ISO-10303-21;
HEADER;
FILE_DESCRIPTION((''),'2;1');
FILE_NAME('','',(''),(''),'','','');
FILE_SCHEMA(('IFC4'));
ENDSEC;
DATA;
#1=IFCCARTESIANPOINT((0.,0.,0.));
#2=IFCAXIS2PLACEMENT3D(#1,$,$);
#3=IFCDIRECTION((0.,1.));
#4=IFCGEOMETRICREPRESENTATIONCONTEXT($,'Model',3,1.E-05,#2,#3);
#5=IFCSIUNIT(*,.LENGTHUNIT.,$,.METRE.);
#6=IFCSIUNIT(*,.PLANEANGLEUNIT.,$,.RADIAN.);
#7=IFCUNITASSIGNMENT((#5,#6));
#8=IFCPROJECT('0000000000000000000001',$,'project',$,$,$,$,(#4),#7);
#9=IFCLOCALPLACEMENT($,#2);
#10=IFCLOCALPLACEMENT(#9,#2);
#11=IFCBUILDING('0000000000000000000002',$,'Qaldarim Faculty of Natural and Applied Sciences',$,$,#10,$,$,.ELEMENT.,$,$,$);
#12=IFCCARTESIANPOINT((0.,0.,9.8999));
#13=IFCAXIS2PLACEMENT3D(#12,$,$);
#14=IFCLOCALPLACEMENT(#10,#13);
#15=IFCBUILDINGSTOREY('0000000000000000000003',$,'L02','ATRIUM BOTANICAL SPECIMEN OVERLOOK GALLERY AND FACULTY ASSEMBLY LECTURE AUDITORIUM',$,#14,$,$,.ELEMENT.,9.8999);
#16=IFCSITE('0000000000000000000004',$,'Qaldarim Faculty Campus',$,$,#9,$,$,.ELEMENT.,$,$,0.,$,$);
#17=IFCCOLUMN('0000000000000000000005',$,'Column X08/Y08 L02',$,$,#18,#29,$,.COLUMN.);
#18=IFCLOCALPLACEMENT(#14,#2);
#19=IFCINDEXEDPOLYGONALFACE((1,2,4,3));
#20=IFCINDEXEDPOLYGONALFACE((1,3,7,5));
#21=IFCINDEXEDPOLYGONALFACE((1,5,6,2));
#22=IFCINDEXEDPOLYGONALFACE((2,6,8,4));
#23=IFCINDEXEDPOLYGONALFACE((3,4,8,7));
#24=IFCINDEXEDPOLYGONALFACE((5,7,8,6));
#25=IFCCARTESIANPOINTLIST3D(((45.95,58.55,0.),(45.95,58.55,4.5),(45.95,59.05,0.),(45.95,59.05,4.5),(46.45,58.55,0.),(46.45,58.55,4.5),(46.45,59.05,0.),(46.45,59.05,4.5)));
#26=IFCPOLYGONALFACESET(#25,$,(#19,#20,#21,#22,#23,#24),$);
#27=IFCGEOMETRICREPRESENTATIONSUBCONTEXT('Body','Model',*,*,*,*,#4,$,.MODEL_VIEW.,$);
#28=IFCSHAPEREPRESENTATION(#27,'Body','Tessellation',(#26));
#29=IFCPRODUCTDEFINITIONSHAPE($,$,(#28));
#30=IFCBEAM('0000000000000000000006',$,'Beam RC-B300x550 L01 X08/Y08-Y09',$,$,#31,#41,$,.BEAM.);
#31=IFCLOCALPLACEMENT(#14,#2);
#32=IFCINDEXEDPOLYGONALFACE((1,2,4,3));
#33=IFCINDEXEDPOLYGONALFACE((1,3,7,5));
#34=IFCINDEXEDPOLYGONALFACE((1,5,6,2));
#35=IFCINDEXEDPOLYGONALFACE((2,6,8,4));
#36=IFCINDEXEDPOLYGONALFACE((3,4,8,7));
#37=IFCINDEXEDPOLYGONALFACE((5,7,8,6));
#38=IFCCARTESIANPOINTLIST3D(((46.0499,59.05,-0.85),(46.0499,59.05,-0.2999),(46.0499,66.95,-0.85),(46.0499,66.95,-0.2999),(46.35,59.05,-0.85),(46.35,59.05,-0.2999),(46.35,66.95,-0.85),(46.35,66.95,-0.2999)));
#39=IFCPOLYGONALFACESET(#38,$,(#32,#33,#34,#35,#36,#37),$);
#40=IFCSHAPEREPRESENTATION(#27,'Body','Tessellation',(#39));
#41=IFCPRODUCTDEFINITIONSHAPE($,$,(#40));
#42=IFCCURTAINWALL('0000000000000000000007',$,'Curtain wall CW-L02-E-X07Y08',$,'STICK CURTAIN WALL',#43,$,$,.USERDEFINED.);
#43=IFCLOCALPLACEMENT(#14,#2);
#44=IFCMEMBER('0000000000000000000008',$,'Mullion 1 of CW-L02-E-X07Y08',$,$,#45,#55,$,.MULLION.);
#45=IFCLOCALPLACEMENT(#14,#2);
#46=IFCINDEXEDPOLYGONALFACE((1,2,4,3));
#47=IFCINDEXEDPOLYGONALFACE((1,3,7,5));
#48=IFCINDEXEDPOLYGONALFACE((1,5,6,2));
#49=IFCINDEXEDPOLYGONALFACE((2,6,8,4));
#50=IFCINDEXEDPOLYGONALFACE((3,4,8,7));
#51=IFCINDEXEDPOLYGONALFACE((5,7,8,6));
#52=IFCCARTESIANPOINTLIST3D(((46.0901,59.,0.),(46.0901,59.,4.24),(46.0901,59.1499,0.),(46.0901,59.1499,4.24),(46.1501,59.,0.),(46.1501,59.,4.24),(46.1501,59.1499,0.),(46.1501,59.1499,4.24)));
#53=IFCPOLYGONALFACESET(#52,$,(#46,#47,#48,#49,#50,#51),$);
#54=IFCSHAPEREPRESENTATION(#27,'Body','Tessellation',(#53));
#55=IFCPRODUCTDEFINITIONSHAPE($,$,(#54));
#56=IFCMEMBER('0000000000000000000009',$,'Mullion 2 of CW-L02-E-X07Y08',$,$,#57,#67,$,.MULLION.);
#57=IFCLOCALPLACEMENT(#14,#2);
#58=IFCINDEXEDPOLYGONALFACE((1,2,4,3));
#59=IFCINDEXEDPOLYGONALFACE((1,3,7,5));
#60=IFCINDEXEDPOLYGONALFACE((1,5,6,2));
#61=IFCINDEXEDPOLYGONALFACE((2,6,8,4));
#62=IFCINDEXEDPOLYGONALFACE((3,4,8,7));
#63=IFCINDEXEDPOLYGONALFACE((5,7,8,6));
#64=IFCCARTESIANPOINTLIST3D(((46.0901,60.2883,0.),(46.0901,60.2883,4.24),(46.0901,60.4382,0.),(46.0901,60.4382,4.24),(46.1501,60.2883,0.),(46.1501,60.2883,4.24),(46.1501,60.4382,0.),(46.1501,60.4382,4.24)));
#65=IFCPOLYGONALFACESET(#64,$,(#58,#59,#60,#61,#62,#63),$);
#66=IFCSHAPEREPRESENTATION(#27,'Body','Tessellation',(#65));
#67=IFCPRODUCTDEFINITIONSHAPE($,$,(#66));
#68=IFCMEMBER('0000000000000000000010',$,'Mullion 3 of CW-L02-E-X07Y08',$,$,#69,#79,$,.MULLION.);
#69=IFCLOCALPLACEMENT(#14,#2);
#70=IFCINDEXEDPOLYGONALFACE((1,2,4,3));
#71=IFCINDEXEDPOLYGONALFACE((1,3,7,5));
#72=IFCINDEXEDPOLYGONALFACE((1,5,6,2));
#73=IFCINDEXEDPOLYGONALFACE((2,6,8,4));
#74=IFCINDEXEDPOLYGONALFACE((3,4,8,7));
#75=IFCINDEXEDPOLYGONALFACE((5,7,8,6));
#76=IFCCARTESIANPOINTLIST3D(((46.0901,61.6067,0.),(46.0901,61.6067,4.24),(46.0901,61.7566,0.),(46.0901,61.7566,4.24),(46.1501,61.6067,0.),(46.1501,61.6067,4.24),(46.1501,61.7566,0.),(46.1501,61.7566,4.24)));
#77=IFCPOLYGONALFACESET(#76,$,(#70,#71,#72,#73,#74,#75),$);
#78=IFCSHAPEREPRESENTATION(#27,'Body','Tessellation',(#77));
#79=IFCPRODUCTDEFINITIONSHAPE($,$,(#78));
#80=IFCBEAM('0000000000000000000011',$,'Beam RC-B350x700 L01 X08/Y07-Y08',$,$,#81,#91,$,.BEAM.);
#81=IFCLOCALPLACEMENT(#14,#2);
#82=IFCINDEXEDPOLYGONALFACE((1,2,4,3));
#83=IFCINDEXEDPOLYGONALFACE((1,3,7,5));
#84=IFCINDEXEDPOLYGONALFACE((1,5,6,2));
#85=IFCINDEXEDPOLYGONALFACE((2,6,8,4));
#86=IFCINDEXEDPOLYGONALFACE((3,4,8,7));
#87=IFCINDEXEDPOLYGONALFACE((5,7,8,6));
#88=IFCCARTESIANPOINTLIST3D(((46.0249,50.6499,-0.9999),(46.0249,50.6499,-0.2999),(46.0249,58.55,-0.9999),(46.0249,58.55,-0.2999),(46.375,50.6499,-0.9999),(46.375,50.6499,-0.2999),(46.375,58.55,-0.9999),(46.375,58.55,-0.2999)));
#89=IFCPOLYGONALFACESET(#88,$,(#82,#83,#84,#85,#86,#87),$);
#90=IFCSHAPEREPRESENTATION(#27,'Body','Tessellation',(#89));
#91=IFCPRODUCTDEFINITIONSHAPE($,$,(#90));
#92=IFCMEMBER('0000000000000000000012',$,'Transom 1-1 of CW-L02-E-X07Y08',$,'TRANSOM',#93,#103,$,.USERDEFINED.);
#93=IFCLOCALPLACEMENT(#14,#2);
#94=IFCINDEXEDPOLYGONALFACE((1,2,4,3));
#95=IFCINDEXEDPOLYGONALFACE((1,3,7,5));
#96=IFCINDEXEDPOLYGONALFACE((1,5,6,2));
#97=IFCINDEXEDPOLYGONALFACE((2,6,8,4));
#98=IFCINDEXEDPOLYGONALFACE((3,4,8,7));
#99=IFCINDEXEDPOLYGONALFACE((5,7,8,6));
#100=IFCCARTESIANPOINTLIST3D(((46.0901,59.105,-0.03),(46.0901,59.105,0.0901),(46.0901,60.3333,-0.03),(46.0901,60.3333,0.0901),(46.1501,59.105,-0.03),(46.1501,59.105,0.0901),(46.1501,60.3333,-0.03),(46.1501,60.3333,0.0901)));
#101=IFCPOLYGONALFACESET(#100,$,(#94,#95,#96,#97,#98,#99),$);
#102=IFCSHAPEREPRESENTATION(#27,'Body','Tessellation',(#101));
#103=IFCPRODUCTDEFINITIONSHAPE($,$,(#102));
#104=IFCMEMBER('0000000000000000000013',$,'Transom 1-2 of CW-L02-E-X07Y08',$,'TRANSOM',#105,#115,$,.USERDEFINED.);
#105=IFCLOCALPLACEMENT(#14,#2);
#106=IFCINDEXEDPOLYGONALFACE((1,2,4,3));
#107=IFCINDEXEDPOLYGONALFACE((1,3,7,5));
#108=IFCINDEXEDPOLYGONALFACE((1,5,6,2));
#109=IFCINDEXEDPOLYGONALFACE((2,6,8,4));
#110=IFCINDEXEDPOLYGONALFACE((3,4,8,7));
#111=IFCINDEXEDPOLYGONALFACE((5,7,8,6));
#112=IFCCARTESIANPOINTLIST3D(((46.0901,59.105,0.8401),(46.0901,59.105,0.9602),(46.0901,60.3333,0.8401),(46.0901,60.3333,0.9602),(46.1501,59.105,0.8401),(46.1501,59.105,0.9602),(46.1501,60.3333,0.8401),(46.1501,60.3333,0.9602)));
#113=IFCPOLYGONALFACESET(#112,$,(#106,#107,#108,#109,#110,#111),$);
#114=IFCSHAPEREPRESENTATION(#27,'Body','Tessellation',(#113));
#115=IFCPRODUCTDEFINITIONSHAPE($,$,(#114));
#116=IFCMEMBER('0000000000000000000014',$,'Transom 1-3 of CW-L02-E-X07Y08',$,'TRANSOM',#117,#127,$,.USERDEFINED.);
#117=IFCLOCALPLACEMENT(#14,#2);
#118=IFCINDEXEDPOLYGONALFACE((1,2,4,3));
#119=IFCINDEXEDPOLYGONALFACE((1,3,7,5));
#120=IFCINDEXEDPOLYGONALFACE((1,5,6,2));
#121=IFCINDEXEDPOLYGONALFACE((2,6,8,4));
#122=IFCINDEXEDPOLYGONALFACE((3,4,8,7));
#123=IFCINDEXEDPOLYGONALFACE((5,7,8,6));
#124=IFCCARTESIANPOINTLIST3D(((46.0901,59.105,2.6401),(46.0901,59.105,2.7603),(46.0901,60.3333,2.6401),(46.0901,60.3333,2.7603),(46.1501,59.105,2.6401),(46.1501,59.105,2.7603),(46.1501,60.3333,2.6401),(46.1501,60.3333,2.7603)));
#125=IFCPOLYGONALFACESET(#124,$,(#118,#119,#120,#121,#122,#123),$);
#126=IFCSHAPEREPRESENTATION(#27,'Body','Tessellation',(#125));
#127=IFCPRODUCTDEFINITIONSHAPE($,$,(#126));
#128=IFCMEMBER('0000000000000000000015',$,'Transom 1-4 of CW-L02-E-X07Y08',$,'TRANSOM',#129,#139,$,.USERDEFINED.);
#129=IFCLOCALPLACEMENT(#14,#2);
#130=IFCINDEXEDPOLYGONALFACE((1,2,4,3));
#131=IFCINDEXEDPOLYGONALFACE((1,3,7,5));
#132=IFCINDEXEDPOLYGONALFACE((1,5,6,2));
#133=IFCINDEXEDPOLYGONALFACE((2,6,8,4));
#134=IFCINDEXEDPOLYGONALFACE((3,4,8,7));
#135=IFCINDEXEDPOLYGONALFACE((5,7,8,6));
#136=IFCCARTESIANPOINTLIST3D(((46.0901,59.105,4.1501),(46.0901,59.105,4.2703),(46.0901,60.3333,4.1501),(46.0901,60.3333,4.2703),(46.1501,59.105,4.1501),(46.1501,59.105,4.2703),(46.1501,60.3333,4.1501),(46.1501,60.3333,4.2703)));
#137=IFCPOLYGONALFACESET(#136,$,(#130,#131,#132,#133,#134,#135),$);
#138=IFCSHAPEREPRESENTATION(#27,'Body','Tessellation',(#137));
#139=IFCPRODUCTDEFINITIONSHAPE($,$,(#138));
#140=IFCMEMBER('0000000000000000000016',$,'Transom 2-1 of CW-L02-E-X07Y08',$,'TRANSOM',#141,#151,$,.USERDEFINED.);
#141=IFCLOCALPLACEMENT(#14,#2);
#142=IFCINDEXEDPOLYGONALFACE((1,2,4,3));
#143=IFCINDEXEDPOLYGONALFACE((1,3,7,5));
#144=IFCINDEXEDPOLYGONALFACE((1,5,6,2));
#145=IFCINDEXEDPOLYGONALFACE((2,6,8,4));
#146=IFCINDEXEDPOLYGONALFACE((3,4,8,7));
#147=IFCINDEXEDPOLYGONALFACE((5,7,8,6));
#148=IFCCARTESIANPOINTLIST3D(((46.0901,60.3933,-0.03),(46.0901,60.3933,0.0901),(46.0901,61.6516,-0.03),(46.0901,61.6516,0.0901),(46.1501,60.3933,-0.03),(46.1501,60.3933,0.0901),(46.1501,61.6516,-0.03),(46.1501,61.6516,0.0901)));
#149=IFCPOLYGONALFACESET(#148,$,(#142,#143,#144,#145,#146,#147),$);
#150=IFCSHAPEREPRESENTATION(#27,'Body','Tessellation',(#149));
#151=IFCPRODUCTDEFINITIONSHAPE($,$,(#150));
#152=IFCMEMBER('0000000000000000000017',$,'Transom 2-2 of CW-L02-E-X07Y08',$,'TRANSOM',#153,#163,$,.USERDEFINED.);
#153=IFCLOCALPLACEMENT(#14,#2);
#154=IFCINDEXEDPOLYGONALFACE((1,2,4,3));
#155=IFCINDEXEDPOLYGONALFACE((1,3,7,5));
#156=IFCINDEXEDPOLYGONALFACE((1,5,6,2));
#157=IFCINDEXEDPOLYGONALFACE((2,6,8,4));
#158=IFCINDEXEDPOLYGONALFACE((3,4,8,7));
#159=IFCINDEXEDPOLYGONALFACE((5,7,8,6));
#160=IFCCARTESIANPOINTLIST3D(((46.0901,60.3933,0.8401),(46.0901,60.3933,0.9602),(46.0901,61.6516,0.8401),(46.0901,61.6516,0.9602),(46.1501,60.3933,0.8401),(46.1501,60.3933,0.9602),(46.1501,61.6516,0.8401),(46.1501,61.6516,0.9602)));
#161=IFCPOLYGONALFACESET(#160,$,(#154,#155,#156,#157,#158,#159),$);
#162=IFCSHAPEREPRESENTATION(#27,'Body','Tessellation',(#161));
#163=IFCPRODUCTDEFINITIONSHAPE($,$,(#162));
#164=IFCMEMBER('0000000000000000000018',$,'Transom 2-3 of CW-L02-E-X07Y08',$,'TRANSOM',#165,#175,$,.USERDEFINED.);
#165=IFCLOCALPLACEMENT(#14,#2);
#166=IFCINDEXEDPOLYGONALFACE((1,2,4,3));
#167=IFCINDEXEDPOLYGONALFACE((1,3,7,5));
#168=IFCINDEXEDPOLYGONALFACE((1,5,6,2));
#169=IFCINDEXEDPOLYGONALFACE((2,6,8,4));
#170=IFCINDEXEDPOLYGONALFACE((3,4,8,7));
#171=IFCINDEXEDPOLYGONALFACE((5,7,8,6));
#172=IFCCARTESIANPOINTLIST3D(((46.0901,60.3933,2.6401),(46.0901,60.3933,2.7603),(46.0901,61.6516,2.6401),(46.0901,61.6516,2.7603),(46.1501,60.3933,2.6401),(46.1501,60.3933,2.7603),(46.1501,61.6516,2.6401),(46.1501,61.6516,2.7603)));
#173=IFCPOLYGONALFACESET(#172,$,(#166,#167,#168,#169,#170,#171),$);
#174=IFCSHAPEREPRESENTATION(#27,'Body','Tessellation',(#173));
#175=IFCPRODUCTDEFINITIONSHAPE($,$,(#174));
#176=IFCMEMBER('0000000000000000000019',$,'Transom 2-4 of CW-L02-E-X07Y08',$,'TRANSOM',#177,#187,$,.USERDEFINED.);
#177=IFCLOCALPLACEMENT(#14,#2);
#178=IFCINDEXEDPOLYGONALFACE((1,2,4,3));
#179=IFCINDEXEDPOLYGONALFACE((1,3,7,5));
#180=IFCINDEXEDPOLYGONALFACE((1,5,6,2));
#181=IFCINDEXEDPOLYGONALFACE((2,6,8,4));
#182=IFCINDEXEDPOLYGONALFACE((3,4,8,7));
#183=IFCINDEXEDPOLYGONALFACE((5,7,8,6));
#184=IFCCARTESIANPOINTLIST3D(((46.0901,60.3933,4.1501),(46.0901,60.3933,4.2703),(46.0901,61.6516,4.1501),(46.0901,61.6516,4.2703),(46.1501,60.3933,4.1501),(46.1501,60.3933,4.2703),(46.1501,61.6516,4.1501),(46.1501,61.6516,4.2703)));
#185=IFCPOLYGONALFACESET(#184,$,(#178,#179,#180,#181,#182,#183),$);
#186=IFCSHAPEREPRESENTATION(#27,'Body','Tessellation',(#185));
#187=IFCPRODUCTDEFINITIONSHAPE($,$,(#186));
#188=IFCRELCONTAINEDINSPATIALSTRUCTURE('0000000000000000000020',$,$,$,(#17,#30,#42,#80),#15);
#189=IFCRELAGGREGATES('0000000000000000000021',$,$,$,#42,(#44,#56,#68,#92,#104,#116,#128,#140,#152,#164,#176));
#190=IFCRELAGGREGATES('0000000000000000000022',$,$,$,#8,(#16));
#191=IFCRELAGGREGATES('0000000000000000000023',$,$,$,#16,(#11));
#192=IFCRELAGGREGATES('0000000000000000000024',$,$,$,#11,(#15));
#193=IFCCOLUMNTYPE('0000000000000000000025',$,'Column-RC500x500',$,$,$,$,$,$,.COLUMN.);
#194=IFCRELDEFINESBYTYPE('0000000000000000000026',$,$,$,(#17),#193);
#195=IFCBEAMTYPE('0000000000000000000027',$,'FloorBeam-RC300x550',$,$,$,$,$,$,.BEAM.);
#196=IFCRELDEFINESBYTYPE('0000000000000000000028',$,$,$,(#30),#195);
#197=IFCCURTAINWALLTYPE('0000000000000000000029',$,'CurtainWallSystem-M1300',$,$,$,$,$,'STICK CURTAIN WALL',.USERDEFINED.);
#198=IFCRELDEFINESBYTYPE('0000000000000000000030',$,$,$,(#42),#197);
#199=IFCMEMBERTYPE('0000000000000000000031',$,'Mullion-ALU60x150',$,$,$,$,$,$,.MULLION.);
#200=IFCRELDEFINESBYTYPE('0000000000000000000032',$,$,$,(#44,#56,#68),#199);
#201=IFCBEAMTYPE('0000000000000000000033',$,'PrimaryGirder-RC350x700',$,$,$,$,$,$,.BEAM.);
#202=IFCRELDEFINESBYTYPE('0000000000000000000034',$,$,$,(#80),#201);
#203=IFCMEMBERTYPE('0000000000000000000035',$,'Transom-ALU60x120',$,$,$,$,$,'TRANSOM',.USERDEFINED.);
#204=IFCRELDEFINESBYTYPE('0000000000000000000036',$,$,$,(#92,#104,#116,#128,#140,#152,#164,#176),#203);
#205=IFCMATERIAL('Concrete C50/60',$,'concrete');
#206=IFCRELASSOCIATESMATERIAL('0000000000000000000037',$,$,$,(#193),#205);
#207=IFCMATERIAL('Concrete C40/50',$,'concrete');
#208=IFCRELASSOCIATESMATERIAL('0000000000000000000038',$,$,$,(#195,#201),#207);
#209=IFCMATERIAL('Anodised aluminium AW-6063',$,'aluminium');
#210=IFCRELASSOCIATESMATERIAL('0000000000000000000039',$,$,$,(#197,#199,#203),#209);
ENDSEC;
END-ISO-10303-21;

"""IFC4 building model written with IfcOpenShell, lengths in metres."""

from ifc_helpers import new_model, si_unit, direction, frame, origin, origin_2d, place, context, subcontext, project, spatial, rectangle, extrude, material, material_profile, profile_set, type_object, element, aggregate, save


model = new_model("IFC4")

# Units and contexts
model_context = context("Model", 3, precision=1e-05, world=origin(), true_north=direction((0.0, 1.0)))
body_context = subcontext(model_context, "Body", "Model", "MODEL_VIEW")
ifc_project = project(units=[si_unit("LENGTHUNIT", "METRE"), si_unit("PLANEANGLEUNIT", "RADIAN")], contexts=[model_context])

# Site, building, storey
site_placement = place(None, origin())
site = spatial("IfcSite", under=ifc_project, at=site_placement, Name="Qaldarim Faculty Campus", CompositionType="ELEMENT", RefElevation=0.0)
building_placement = place(site_placement, origin())
building = spatial("IfcBuilding", under=site, at=building_placement, Name="Qaldarim Faculty of Natural and Applied Sciences", CompositionType="ELEMENT")
storey_placement = place(building_placement, frame((0.0, 0.0, 9.8999)))
storey = spatial("IfcBuildingStorey", under=building, at=storey_placement, Name="L02", Description="ATRIUM BOTANICAL SPECIMEN OVERLOOK GALLERY AND FACULTY ASSEMBLY LECTURE AUDITORIUM", CompositionType="ELEMENT", Elevation=9.8999)

# Column
ifc_material_1 = material(Name="Concrete C50/60", Category="concrete")
ifc_material_profile_1 = material_profile(ifc_material_1, rectangle(XDim=0.5, YDim=0.5, at=origin_2d()), Name="RC-C500x500")
ifc_profile_set_1 = profile_set([ifc_material_profile_1], Name="Concrete C50/60")
column_type = type_object("IfcColumnType", Name="Column-RC500x500", PredefinedType="COLUMN", material=ifc_profile_set_1)
column_placement = place(storey_placement, frame((46.2, 58.8, 0.0), z_axis=(0.0, 0.0, 1.0), x_axis=(1.0, 0.0, 0.0)))
element("IfcColumn", 1, at=column_placement, inside=storey, type_object=column_type, Name="Column X08/Y08 L02", PredefinedType="COLUMN", context=body_context, shape_type="SweptSolid", body=[
    extrude(rectangle(XDim=0.5, YDim=0.5, at=origin_2d()), origin(), (0.0, 0.0, 1.0), 4.5),
])

# Beam
ifc_material_2 = material(Name="Concrete C40/50", Category="concrete")
ifc_material_profile_2 = material_profile(ifc_material_2, rectangle(XDim=0.3, YDim=0.55, at=origin_2d()), Name="RC-B300x550")
ifc_profile_set_2 = profile_set([ifc_material_profile_2], Name="Concrete C40/50")
beam_type_1 = type_object("IfcBeamType", Name="FloorBeam-RC300x550", PredefinedType="BEAM", material=ifc_profile_set_2)
beam_1_placement = place(storey_placement, frame((46.2, 59.05, -0.575), z_axis=(0.0, 1.0, 0.0), x_axis=(-1.0, 0.0, 0.0)))
element("IfcBeam", 2, at=beam_1_placement, inside=storey, type_object=beam_type_1, Name="Beam RC-B300x550 L01 X08/Y08-Y09", PredefinedType="BEAM", context=body_context, shape_type="SweptSolid", body=[
    extrude(rectangle(XDim=0.3, YDim=0.55, at=origin_2d()), origin(), (0.0, 0.0, 1.0), 7.8999),
])

# Curtain wall, members
ifc_material_3 = material(Name="Anodised aluminium AW-6063", Category="aluminium")
curtain_wall_type = type_object("IfcCurtainWallType", Name="CurtainWallSystem-M1300", ElementType="STICK CURTAIN WALL", PredefinedType="USERDEFINED", material=ifc_material_3)
curtain_wall_placement = place(storey_placement, origin())
curtain_wall = element("IfcCurtainWall", 3, at=curtain_wall_placement, inside=storey, type_object=curtain_wall_type, Name="Curtain wall CW-L02-E-X07Y08", ObjectType="STICK CURTAIN WALL", PredefinedType="USERDEFINED")
ifc_material_profile_3 = material_profile(ifc_material_3, rectangle(XDim=0.0601, YDim=0.1499, at=origin_2d()), Name="ALU-M60x150")
ifc_profile_set_3 = profile_set([ifc_material_profile_3], Name="Anodised aluminium AW-6063")
member_type_1 = type_object("IfcMemberType", Name="Mullion-ALU60x150", PredefinedType="MULLION", material=ifc_profile_set_3)
member_1_placement = place(storey_placement, frame((46.1201, 59.075, 0.0), z_axis=(0.0, 0.0, 1.0), x_axis=(-1.0, 0.0, 0.0)))
member_1 = element("IfcMember", 4, at=member_1_placement, type_object=member_type_1, Name="Mullion 1 of CW-L02-E-X07Y08", PredefinedType="MULLION", context=body_context, shape_type="SweptSolid", body=[
    extrude(rectangle(XDim=0.0601, YDim=0.1499, at=origin_2d()), origin(), (0.0, 0.0, 1.0), 4.24),
])
member_2_placement = place(storey_placement, frame((46.1201, 60.3633, 0.0), z_axis=(0.0, 0.0, 1.0), x_axis=(-1.0, 0.0, 0.0)))
member_2 = element("IfcMember", 5, at=member_2_placement, type_object=member_type_1, Name="Mullion 2 of CW-L02-E-X07Y08", PredefinedType="MULLION", context=body_context, shape_type="SweptSolid", body=[
    extrude(rectangle(XDim=0.0601, YDim=0.1499, at=origin_2d()), origin(), (0.0, 0.0, 1.0), 4.24),
])
member_3_placement = place(storey_placement, frame((46.1201, 61.6816, 0.0), z_axis=(0.0, 0.0, 1.0), x_axis=(-1.0, 0.0, 0.0)))
member_3 = element("IfcMember", 6, at=member_3_placement, type_object=member_type_1, Name="Mullion 3 of CW-L02-E-X07Y08", PredefinedType="MULLION", context=body_context, shape_type="SweptSolid", body=[
    extrude(rectangle(XDim=0.0601, YDim=0.1499, at=origin_2d()), origin(), (0.0, 0.0, 1.0), 4.24),
])

# Beam
ifc_material_profile_4 = material_profile(ifc_material_2, rectangle(XDim=0.3501, YDim=0.7, at=origin_2d()), Name="RC-B350x700")
ifc_profile_set_4 = profile_set([ifc_material_profile_4], Name="Concrete C40/50")
beam_type_2 = type_object("IfcBeamType", Name="PrimaryGirder-RC350x700", PredefinedType="BEAM", material=ifc_profile_set_4)
beam_2_placement = place(storey_placement, frame((46.2, 50.6499, -0.6499), z_axis=(0.0, 1.0, 0.0), x_axis=(-1.0, 0.0, 0.0)))
element("IfcBeam", 7, at=beam_2_placement, inside=storey, type_object=beam_type_2, Name="Beam RC-B350x700 L01 X08/Y07-Y08", PredefinedType="BEAM", context=body_context, shape_type="SweptSolid", body=[
    extrude(rectangle(XDim=0.3501, YDim=0.7, at=origin_2d()), origin(), (0.0, 0.0, 1.0), 7.9001),
])

# Members
ifc_material_profile_5 = material_profile(ifc_material_3, rectangle(XDim=0.0601, YDim=0.1201, at=origin_2d()), Name="ALU-T60x120")
ifc_profile_set_5 = profile_set([ifc_material_profile_5], Name="Anodised aluminium AW-6063")
member_type_2 = type_object("IfcMemberType", Name="Transom-ALU60x120", ElementType="TRANSOM", PredefinedType="USERDEFINED", material=ifc_profile_set_5)
member_4_placement = place(storey_placement, frame((46.1201, 59.105, 0.03), z_axis=(0.0, 1.0, 0.0), x_axis=(-1.0, 0.0, 0.0)))
member_4 = element("IfcMember", 8, at=member_4_placement, type_object=member_type_2, Name="Transom 1-1 of CW-L02-E-X07Y08", ObjectType="TRANSOM", PredefinedType="USERDEFINED", context=body_context, shape_type="SweptSolid", body=[
    extrude(rectangle(XDim=0.0601, YDim=0.1201, at=origin_2d()), origin(), (0.0, 0.0, 1.0), 1.2283),
])
member_5_placement = place(storey_placement, frame((46.1201, 59.105, 0.9001), z_axis=(0.0, 1.0, 0.0), x_axis=(-1.0, 0.0, 0.0)))
member_5 = element("IfcMember", 9, at=member_5_placement, type_object=member_type_2, Name="Transom 1-2 of CW-L02-E-X07Y08", ObjectType="TRANSOM", PredefinedType="USERDEFINED", context=body_context, shape_type="SweptSolid", body=[
    extrude(rectangle(XDim=0.0601, YDim=0.1201, at=origin_2d()), origin(), (0.0, 0.0, 1.0), 1.2283),
])
member_6_placement = place(storey_placement, frame((46.1201, 59.105, 2.7002), z_axis=(0.0, 1.0, 0.0), x_axis=(-1.0, 0.0, 0.0)))
member_6 = element("IfcMember", 10, at=member_6_placement, type_object=member_type_2, Name="Transom 1-3 of CW-L02-E-X07Y08", ObjectType="TRANSOM", PredefinedType="USERDEFINED", context=body_context, shape_type="SweptSolid", body=[
    extrude(rectangle(XDim=0.0601, YDim=0.1201, at=origin_2d()), origin(), (0.0, 0.0, 1.0), 1.2283),
])
member_7_placement = place(storey_placement, frame((46.1201, 59.105, 4.2102), z_axis=(0.0, 1.0, 0.0), x_axis=(-1.0, 0.0, 0.0)))
member_7 = element("IfcMember", 11, at=member_7_placement, type_object=member_type_2, Name="Transom 1-4 of CW-L02-E-X07Y08", ObjectType="TRANSOM", PredefinedType="USERDEFINED", context=body_context, shape_type="SweptSolid", body=[
    extrude(rectangle(XDim=0.0601, YDim=0.1201, at=origin_2d()), origin(), (0.0, 0.0, 1.0), 1.2283),
])
member_8_placement = place(storey_placement, frame((46.1201, 60.3933, 0.03), z_axis=(0.0, 1.0, 0.0), x_axis=(-1.0, 0.0, 0.0)))
member_8 = element("IfcMember", 12, at=member_8_placement, type_object=member_type_2, Name="Transom 2-1 of CW-L02-E-X07Y08", ObjectType="TRANSOM", PredefinedType="USERDEFINED", context=body_context, shape_type="SweptSolid", body=[
    extrude(rectangle(XDim=0.0601, YDim=0.1201, at=origin_2d()), origin(), (0.0, 0.0, 1.0), 1.2583),
])
member_9_placement = place(storey_placement, frame((46.1201, 60.3933, 0.9001), z_axis=(0.0, 1.0, 0.0), x_axis=(-1.0, 0.0, 0.0)))
member_9 = element("IfcMember", 13, at=member_9_placement, type_object=member_type_2, Name="Transom 2-2 of CW-L02-E-X07Y08", ObjectType="TRANSOM", PredefinedType="USERDEFINED", context=body_context, shape_type="SweptSolid", body=[
    extrude(rectangle(XDim=0.0601, YDim=0.1201, at=origin_2d()), origin(), (0.0, 0.0, 1.0), 1.2583),
])
member_10_placement = place(storey_placement, frame((46.1201, 60.3933, 2.7002), z_axis=(0.0, 1.0, 0.0), x_axis=(-1.0, 0.0, 0.0)))
member_10 = element("IfcMember", 14, at=member_10_placement, type_object=member_type_2, Name="Transom 2-3 of CW-L02-E-X07Y08", ObjectType="TRANSOM", PredefinedType="USERDEFINED", context=body_context, shape_type="SweptSolid", body=[
    extrude(rectangle(XDim=0.0601, YDim=0.1201, at=origin_2d()), origin(), (0.0, 0.0, 1.0), 1.2583),
])
member_11_placement = place(storey_placement, frame((46.1201, 60.3933, 4.2102), z_axis=(0.0, 1.0, 0.0), x_axis=(-1.0, 0.0, 0.0)))
member_11 = element("IfcMember", 15, at=member_11_placement, type_object=member_type_2, Name="Transom 2-4 of CW-L02-E-X07Y08", ObjectType="TRANSOM", PredefinedType="USERDEFINED", context=body_context, shape_type="SweptSolid", body=[
    extrude(rectangle(XDim=0.0601, YDim=0.1201, at=origin_2d()), origin(), (0.0, 0.0, 1.0), 1.2583),
])

aggregate(curtain_wall, [member_1, member_2, member_3, member_4, member_5, member_6, member_7, member_8, member_9, member_10, member_11])

save(model, "model.ifc")
